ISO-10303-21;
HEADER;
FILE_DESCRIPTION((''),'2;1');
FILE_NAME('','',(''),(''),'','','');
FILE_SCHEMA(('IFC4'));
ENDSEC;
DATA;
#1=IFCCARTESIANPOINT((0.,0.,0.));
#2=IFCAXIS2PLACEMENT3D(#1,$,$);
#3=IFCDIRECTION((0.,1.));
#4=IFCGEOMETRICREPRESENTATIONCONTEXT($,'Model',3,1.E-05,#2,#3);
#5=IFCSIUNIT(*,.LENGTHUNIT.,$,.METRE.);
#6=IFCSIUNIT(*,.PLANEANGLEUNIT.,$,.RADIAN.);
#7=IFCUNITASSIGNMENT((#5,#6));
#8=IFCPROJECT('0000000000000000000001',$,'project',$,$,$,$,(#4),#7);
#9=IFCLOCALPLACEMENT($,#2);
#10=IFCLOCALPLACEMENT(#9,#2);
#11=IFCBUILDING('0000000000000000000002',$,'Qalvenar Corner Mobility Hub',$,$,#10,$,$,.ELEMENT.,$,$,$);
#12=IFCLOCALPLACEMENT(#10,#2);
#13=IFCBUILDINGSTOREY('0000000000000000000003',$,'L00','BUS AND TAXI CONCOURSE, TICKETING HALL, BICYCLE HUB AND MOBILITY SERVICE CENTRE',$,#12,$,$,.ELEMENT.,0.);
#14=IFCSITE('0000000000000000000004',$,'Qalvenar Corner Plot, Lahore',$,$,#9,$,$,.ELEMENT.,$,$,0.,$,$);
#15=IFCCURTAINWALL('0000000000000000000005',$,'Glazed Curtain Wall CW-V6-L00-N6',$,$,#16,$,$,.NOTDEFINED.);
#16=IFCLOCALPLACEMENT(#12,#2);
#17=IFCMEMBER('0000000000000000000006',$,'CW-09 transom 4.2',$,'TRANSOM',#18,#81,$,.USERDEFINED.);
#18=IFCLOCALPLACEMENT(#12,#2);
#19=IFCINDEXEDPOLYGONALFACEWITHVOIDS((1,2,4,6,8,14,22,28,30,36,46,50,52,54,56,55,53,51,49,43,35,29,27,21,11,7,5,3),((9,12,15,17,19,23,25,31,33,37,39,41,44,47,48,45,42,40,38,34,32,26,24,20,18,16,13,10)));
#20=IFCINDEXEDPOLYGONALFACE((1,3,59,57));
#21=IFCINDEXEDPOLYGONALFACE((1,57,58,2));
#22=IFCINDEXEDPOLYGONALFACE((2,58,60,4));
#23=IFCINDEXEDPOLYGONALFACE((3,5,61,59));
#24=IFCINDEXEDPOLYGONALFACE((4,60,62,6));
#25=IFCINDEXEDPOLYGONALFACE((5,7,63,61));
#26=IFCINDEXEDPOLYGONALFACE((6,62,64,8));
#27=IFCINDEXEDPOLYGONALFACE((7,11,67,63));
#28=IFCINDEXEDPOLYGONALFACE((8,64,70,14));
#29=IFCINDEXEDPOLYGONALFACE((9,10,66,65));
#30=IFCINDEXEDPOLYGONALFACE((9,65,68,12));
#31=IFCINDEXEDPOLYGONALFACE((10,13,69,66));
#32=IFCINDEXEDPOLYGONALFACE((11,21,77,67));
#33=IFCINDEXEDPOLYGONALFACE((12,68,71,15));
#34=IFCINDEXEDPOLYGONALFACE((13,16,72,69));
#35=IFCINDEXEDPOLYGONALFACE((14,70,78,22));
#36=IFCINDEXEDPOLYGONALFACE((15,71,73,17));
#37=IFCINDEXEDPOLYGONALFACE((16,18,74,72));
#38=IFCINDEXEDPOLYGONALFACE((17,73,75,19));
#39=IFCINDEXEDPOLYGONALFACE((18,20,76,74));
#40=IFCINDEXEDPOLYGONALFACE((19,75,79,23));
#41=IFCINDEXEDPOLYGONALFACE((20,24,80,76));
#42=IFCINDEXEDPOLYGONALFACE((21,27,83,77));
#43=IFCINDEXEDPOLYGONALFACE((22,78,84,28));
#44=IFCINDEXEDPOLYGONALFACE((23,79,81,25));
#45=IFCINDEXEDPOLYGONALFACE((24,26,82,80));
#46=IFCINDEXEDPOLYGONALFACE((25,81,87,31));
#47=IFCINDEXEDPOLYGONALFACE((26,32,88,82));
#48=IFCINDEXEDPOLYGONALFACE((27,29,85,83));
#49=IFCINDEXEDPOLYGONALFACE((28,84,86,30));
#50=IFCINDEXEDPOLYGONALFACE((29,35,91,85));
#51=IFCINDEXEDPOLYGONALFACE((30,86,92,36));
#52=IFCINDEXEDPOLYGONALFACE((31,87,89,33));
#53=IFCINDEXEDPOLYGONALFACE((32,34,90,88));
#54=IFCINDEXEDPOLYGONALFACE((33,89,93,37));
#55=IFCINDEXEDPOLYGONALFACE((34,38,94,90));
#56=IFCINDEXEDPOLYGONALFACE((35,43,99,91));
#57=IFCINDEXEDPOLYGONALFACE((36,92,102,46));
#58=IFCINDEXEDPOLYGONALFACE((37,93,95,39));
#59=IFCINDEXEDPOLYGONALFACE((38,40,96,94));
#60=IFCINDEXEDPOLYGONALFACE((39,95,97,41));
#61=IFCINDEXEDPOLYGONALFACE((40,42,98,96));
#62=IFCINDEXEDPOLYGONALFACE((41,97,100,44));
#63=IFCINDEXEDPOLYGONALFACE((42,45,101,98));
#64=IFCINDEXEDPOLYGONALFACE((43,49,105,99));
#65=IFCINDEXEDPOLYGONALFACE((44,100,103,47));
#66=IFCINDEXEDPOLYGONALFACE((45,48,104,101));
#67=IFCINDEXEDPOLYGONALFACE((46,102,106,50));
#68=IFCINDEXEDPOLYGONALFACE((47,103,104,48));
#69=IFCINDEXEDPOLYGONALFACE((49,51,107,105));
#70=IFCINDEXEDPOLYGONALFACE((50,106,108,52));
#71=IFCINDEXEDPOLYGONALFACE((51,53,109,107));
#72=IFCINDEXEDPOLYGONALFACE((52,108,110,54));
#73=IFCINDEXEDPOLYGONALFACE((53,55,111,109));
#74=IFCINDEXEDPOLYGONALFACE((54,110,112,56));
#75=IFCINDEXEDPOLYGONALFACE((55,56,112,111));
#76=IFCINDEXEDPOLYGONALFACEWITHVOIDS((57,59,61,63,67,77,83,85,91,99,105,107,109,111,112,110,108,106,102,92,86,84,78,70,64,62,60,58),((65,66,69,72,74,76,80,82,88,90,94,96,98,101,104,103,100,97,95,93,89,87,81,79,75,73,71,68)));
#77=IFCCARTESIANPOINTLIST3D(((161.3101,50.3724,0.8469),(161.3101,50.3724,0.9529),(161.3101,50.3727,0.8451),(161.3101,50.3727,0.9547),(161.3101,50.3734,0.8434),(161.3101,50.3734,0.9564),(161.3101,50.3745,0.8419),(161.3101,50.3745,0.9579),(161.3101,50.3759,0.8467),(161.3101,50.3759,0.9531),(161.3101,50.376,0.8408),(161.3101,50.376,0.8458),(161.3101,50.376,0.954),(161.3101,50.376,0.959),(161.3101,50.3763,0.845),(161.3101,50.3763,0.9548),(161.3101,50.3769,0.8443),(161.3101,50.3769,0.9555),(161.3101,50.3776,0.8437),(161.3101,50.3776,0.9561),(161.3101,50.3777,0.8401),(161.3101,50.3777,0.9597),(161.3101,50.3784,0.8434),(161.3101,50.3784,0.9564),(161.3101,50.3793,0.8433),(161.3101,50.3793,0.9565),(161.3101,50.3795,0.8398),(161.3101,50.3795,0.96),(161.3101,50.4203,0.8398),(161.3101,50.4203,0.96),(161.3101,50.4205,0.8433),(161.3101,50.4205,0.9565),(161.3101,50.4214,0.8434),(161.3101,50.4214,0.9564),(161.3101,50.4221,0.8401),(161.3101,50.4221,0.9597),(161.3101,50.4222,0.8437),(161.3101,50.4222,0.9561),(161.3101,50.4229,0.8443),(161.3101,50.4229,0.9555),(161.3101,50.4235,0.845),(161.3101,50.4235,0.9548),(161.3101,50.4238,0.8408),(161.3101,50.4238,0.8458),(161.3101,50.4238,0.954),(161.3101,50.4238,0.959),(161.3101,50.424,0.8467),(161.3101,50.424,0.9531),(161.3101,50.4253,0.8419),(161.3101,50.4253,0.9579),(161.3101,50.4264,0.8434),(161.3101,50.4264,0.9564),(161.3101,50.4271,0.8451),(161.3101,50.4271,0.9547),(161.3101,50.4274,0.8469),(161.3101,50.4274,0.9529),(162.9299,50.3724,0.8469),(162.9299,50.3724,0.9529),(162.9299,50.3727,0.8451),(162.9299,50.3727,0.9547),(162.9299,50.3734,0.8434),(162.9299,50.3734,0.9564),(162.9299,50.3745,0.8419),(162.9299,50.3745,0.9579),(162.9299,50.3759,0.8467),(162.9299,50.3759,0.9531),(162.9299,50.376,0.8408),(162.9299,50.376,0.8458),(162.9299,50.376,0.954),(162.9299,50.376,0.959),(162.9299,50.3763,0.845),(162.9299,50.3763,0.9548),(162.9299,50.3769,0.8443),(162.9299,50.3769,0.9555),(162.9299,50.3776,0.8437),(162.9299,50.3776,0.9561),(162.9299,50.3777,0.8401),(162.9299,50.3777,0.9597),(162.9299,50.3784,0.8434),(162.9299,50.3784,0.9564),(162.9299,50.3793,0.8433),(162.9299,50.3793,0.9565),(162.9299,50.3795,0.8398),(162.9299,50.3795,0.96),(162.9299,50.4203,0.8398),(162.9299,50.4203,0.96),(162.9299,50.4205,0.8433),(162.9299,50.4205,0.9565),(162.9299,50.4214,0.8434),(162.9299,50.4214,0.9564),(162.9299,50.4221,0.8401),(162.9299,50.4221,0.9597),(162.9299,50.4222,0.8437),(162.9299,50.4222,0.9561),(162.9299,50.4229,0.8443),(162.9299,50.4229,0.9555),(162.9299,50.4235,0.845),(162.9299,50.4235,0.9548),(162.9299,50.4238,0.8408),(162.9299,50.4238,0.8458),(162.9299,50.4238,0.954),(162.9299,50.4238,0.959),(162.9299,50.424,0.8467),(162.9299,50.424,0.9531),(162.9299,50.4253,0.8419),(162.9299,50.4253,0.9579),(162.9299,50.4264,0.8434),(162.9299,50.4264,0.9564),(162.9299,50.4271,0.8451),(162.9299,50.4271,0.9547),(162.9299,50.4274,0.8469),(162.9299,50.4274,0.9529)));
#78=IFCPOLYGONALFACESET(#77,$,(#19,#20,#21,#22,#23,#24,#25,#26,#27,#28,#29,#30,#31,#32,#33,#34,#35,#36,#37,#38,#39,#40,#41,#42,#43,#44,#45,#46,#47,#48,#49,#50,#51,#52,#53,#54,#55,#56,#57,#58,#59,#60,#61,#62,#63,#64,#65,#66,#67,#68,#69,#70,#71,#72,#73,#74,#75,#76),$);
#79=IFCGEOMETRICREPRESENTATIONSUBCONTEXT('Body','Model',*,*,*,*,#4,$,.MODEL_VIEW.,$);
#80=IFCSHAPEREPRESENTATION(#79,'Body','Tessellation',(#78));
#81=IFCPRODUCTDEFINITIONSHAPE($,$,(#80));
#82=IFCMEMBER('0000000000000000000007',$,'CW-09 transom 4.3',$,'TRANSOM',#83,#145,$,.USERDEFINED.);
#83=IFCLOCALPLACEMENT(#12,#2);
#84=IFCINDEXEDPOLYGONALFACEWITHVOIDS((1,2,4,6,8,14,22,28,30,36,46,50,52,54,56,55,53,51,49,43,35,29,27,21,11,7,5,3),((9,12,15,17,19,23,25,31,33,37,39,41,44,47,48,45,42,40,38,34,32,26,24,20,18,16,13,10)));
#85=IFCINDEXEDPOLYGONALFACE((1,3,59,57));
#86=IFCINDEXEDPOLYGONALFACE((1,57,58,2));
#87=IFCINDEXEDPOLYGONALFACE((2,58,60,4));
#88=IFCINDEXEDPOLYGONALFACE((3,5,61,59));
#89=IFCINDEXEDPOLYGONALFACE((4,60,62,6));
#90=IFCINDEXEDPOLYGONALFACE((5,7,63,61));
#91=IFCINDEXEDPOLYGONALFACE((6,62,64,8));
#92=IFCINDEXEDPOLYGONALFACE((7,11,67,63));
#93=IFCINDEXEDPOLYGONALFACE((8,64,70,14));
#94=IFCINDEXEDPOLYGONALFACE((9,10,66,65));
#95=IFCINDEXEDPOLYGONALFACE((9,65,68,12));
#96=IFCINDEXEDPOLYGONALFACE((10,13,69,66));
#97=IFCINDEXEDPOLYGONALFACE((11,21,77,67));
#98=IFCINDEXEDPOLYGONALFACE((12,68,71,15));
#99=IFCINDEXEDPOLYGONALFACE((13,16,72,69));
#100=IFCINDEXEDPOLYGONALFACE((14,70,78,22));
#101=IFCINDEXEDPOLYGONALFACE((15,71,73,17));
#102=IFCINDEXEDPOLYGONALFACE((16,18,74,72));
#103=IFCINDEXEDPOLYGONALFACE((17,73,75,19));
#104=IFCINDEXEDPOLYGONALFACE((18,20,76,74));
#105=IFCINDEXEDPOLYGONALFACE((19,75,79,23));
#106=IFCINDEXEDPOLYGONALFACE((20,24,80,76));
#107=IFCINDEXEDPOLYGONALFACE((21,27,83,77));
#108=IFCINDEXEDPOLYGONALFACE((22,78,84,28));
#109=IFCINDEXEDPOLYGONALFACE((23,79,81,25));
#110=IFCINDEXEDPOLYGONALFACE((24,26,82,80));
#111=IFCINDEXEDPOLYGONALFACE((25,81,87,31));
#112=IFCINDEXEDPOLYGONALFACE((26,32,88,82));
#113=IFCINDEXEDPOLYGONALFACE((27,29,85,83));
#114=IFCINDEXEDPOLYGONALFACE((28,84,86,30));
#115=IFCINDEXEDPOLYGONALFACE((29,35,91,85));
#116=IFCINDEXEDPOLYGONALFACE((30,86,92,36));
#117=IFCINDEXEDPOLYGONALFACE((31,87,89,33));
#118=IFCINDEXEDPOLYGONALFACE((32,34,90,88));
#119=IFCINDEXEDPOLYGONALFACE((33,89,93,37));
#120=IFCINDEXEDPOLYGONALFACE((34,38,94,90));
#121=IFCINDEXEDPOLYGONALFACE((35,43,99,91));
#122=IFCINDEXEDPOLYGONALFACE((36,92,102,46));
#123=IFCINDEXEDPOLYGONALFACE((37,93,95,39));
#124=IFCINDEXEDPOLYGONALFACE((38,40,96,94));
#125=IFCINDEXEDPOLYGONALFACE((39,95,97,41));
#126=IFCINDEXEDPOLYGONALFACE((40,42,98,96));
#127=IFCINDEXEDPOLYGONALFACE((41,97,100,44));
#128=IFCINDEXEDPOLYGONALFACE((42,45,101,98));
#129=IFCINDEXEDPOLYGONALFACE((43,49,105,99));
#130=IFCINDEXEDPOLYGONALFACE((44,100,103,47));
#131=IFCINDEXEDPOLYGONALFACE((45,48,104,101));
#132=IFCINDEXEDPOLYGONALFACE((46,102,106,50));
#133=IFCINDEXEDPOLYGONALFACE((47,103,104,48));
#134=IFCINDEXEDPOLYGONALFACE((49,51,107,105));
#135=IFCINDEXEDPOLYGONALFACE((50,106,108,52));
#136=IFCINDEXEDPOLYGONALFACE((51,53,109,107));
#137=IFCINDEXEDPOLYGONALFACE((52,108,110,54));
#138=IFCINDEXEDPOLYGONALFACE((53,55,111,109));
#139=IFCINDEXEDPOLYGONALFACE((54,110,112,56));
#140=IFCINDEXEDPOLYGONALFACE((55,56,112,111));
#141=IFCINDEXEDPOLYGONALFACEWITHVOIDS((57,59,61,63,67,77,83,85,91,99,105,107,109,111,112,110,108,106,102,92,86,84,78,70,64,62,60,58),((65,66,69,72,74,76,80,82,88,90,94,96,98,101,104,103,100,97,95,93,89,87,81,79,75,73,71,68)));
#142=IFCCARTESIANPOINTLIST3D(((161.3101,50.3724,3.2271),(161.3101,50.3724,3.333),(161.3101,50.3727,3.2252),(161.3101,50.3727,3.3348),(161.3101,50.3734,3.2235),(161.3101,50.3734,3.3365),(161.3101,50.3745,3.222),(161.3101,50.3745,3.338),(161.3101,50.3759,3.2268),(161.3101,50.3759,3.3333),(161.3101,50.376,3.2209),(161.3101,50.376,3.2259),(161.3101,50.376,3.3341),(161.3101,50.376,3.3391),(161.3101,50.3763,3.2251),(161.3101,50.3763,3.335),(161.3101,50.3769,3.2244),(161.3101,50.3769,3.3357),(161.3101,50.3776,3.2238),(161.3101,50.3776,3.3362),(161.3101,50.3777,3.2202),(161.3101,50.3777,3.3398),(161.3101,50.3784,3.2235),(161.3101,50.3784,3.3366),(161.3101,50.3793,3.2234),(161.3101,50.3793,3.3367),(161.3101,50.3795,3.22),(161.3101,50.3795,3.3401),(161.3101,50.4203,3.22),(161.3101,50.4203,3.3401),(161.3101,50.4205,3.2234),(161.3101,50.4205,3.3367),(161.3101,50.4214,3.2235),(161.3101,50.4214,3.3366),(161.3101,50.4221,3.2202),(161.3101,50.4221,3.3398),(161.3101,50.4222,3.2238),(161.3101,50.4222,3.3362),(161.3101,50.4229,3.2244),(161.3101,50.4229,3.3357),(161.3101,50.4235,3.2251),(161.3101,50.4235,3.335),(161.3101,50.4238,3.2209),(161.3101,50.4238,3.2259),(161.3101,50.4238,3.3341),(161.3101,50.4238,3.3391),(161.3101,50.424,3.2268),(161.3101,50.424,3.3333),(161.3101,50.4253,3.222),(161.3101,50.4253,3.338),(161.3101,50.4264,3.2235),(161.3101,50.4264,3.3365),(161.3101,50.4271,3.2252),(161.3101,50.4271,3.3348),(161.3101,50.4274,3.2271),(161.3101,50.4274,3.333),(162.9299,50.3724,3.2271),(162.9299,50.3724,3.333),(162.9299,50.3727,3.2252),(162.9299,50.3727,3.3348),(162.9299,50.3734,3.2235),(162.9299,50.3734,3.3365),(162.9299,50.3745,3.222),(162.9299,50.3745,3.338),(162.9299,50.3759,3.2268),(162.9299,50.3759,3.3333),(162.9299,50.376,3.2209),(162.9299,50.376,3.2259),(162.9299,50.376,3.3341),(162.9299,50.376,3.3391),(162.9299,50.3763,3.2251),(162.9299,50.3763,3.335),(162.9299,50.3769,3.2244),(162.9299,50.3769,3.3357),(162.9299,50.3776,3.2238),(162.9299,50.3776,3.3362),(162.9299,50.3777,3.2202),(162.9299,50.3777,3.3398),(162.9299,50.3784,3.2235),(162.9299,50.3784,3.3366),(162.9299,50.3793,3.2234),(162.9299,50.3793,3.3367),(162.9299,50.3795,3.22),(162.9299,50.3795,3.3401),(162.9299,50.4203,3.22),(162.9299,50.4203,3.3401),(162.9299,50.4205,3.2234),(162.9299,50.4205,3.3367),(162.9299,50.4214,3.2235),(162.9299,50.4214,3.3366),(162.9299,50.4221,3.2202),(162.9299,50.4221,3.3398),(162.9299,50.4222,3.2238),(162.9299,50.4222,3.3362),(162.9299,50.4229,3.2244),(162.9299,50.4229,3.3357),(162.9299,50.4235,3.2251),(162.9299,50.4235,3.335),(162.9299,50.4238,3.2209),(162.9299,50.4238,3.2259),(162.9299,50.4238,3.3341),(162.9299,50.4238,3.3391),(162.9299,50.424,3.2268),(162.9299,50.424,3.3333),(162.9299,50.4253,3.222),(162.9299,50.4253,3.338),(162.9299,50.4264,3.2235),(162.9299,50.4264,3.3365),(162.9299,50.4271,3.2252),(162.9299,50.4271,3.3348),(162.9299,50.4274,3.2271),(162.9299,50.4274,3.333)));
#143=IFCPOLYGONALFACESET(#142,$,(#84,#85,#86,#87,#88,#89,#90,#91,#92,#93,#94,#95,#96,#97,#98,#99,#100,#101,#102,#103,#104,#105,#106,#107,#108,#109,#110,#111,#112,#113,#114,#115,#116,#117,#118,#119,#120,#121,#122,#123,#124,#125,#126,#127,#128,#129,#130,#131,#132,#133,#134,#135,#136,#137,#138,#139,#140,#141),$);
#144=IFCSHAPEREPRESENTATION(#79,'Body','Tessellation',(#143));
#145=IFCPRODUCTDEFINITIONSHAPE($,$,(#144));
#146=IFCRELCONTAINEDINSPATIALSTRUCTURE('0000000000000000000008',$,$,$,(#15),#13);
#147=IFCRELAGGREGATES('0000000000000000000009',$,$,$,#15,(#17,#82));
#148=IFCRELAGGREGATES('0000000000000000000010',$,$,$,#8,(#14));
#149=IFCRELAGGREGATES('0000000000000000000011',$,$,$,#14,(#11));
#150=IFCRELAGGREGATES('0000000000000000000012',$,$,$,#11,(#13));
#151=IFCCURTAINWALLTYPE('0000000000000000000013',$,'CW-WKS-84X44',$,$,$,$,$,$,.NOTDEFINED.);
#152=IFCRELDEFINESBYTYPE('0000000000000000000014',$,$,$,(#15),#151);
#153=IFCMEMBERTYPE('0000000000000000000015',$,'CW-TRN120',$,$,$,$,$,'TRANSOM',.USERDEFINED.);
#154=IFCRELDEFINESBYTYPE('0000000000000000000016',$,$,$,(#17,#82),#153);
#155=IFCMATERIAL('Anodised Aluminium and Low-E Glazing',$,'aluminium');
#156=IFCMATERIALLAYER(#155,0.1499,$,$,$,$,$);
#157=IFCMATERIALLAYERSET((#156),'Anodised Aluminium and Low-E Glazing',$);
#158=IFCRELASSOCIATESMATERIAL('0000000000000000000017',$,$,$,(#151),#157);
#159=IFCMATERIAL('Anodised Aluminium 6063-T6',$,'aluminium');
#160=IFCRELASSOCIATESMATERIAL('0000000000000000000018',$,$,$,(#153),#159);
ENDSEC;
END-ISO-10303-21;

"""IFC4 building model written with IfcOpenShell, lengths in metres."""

from ifc_helpers import new_model, si_unit, direction, frame, origin, origin_2d, place, context, subcontext, project, spatial, hollow_rectangle, extrude, material, layer, layer_set, material_profile, profile_set, type_object, element, aggregate, save


model = new_model("IFC4")

# Units and contexts
model_context = context("Model", 3, precision=1e-05, world=origin(), true_north=direction((0.0, 1.0)))
body_context = subcontext(model_context, "Body", "Model", "MODEL_VIEW")
ifc_project = project(units=[si_unit("LENGTHUNIT", "METRE"), si_unit("PLANEANGLEUNIT", "RADIAN")], contexts=[model_context])

# Site, building, storey
site_placement = place(None, origin())
site = spatial("IfcSite", under=ifc_project, at=site_placement, Name="Qalvenar Corner Plot, Lahore", CompositionType="ELEMENT", RefElevation=0.0)
building_placement = place(site_placement, origin())
building = spatial("IfcBuilding", under=site, at=building_placement, Name="Qalvenar Corner Mobility Hub", CompositionType="ELEMENT")
storey_placement = place(building_placement, origin())
storey = spatial("IfcBuildingStorey", under=building, at=storey_placement, Name="L00", Description="BUS AND TAXI CONCOURSE, TICKETING HALL, BICYCLE HUB AND MOBILITY SERVICE CENTRE", CompositionType="ELEMENT", Elevation=0.0)

# Shared definitions
ifc_material_1 = material(Name="Anodised Aluminium and Low-E Glazing", Category="aluminium")
ifc_layer_1 = layer(ifc_material_1, 0.1499)
ifc_layer_set_1 = layer_set([ifc_layer_1], Name="Anodised Aluminium and Low-E Glazing")
curtain_wall_type = type_object("IfcCurtainWallType", Name="CW-WKS-84X44", PredefinedType="NOTDEFINED", material=ifc_layer_set_1)
ifc_material_2 = material(Name="Anodised Aluminium 6063-T6", Category="aluminium")

# Curtain wall
curtain_wall_1_placement = place(storey_placement, origin())
curtain_wall_1 = element("IfcCurtainWall", 1, at=curtain_wall_1_placement, inside=storey, type_object=curtain_wall_type, Name="Glazed Curtain Wall CW-V6-L00-N6", PredefinedType="NOTDEFINED")

# Members
ifc_material_profile_1 = material_profile(ifc_material_2, hollow_rectangle(XDim=0.0549, YDim=0.1201, WallThickness=0.0034, InnerFilletRadius=0.0034, OuterFilletRadius=0.0071, at=origin_2d()), Name="RHS120x55x3.5")
ifc_profile_set_1 = profile_set([ifc_material_profile_1], Name="Anodised Aluminium 6063-T6")
member_type_1 = type_object("IfcMemberType", Name="CW-TRN120", ElementType="TRANSOM", PredefinedType="USERDEFINED", material=ifc_profile_set_1)
member_1_placement = place(storey_placement, frame((162.9299, 50.3999, 0.8999), z_axis=(-1.0, 0.0, 0.0), x_axis=(0.0, -1.0, 0.0)))
member_1 = element("IfcMember", 2, at=member_1_placement, type_object=member_type_1, Name="CW-09 transom 4.2", ObjectType="TRANSOM", PredefinedType="USERDEFINED", context=body_context, shape_type="SweptSolid", body=[
    extrude(hollow_rectangle(XDim=0.0549, YDim=0.1201, WallThickness=0.0034, InnerFilletRadius=0.0034, OuterFilletRadius=0.0071, at=origin_2d()), origin(), (0.0, 0.0, 1.0), 1.6199),
])
member_2_placement = place(storey_placement, frame((162.9299, 50.3999, 3.28), z_axis=(-1.0, 0.0, 0.0), x_axis=(0.0, -1.0, 0.0)))
member_2 = element("IfcMember", 3, at=member_2_placement, type_object=member_type_1, Name="CW-09 transom 4.3", ObjectType="TRANSOM", PredefinedType="USERDEFINED", context=body_context, shape_type="SweptSolid", body=[
    extrude(hollow_rectangle(XDim=0.0549, YDim=0.1201, WallThickness=0.0034, InnerFilletRadius=0.0034, OuterFilletRadius=0.0071, at=origin_2d()), origin(), (0.0, 0.0, 1.0), 1.6199),
])

aggregate(curtain_wall_1, [member_1, member_2])

save(model, "model.ifc")
